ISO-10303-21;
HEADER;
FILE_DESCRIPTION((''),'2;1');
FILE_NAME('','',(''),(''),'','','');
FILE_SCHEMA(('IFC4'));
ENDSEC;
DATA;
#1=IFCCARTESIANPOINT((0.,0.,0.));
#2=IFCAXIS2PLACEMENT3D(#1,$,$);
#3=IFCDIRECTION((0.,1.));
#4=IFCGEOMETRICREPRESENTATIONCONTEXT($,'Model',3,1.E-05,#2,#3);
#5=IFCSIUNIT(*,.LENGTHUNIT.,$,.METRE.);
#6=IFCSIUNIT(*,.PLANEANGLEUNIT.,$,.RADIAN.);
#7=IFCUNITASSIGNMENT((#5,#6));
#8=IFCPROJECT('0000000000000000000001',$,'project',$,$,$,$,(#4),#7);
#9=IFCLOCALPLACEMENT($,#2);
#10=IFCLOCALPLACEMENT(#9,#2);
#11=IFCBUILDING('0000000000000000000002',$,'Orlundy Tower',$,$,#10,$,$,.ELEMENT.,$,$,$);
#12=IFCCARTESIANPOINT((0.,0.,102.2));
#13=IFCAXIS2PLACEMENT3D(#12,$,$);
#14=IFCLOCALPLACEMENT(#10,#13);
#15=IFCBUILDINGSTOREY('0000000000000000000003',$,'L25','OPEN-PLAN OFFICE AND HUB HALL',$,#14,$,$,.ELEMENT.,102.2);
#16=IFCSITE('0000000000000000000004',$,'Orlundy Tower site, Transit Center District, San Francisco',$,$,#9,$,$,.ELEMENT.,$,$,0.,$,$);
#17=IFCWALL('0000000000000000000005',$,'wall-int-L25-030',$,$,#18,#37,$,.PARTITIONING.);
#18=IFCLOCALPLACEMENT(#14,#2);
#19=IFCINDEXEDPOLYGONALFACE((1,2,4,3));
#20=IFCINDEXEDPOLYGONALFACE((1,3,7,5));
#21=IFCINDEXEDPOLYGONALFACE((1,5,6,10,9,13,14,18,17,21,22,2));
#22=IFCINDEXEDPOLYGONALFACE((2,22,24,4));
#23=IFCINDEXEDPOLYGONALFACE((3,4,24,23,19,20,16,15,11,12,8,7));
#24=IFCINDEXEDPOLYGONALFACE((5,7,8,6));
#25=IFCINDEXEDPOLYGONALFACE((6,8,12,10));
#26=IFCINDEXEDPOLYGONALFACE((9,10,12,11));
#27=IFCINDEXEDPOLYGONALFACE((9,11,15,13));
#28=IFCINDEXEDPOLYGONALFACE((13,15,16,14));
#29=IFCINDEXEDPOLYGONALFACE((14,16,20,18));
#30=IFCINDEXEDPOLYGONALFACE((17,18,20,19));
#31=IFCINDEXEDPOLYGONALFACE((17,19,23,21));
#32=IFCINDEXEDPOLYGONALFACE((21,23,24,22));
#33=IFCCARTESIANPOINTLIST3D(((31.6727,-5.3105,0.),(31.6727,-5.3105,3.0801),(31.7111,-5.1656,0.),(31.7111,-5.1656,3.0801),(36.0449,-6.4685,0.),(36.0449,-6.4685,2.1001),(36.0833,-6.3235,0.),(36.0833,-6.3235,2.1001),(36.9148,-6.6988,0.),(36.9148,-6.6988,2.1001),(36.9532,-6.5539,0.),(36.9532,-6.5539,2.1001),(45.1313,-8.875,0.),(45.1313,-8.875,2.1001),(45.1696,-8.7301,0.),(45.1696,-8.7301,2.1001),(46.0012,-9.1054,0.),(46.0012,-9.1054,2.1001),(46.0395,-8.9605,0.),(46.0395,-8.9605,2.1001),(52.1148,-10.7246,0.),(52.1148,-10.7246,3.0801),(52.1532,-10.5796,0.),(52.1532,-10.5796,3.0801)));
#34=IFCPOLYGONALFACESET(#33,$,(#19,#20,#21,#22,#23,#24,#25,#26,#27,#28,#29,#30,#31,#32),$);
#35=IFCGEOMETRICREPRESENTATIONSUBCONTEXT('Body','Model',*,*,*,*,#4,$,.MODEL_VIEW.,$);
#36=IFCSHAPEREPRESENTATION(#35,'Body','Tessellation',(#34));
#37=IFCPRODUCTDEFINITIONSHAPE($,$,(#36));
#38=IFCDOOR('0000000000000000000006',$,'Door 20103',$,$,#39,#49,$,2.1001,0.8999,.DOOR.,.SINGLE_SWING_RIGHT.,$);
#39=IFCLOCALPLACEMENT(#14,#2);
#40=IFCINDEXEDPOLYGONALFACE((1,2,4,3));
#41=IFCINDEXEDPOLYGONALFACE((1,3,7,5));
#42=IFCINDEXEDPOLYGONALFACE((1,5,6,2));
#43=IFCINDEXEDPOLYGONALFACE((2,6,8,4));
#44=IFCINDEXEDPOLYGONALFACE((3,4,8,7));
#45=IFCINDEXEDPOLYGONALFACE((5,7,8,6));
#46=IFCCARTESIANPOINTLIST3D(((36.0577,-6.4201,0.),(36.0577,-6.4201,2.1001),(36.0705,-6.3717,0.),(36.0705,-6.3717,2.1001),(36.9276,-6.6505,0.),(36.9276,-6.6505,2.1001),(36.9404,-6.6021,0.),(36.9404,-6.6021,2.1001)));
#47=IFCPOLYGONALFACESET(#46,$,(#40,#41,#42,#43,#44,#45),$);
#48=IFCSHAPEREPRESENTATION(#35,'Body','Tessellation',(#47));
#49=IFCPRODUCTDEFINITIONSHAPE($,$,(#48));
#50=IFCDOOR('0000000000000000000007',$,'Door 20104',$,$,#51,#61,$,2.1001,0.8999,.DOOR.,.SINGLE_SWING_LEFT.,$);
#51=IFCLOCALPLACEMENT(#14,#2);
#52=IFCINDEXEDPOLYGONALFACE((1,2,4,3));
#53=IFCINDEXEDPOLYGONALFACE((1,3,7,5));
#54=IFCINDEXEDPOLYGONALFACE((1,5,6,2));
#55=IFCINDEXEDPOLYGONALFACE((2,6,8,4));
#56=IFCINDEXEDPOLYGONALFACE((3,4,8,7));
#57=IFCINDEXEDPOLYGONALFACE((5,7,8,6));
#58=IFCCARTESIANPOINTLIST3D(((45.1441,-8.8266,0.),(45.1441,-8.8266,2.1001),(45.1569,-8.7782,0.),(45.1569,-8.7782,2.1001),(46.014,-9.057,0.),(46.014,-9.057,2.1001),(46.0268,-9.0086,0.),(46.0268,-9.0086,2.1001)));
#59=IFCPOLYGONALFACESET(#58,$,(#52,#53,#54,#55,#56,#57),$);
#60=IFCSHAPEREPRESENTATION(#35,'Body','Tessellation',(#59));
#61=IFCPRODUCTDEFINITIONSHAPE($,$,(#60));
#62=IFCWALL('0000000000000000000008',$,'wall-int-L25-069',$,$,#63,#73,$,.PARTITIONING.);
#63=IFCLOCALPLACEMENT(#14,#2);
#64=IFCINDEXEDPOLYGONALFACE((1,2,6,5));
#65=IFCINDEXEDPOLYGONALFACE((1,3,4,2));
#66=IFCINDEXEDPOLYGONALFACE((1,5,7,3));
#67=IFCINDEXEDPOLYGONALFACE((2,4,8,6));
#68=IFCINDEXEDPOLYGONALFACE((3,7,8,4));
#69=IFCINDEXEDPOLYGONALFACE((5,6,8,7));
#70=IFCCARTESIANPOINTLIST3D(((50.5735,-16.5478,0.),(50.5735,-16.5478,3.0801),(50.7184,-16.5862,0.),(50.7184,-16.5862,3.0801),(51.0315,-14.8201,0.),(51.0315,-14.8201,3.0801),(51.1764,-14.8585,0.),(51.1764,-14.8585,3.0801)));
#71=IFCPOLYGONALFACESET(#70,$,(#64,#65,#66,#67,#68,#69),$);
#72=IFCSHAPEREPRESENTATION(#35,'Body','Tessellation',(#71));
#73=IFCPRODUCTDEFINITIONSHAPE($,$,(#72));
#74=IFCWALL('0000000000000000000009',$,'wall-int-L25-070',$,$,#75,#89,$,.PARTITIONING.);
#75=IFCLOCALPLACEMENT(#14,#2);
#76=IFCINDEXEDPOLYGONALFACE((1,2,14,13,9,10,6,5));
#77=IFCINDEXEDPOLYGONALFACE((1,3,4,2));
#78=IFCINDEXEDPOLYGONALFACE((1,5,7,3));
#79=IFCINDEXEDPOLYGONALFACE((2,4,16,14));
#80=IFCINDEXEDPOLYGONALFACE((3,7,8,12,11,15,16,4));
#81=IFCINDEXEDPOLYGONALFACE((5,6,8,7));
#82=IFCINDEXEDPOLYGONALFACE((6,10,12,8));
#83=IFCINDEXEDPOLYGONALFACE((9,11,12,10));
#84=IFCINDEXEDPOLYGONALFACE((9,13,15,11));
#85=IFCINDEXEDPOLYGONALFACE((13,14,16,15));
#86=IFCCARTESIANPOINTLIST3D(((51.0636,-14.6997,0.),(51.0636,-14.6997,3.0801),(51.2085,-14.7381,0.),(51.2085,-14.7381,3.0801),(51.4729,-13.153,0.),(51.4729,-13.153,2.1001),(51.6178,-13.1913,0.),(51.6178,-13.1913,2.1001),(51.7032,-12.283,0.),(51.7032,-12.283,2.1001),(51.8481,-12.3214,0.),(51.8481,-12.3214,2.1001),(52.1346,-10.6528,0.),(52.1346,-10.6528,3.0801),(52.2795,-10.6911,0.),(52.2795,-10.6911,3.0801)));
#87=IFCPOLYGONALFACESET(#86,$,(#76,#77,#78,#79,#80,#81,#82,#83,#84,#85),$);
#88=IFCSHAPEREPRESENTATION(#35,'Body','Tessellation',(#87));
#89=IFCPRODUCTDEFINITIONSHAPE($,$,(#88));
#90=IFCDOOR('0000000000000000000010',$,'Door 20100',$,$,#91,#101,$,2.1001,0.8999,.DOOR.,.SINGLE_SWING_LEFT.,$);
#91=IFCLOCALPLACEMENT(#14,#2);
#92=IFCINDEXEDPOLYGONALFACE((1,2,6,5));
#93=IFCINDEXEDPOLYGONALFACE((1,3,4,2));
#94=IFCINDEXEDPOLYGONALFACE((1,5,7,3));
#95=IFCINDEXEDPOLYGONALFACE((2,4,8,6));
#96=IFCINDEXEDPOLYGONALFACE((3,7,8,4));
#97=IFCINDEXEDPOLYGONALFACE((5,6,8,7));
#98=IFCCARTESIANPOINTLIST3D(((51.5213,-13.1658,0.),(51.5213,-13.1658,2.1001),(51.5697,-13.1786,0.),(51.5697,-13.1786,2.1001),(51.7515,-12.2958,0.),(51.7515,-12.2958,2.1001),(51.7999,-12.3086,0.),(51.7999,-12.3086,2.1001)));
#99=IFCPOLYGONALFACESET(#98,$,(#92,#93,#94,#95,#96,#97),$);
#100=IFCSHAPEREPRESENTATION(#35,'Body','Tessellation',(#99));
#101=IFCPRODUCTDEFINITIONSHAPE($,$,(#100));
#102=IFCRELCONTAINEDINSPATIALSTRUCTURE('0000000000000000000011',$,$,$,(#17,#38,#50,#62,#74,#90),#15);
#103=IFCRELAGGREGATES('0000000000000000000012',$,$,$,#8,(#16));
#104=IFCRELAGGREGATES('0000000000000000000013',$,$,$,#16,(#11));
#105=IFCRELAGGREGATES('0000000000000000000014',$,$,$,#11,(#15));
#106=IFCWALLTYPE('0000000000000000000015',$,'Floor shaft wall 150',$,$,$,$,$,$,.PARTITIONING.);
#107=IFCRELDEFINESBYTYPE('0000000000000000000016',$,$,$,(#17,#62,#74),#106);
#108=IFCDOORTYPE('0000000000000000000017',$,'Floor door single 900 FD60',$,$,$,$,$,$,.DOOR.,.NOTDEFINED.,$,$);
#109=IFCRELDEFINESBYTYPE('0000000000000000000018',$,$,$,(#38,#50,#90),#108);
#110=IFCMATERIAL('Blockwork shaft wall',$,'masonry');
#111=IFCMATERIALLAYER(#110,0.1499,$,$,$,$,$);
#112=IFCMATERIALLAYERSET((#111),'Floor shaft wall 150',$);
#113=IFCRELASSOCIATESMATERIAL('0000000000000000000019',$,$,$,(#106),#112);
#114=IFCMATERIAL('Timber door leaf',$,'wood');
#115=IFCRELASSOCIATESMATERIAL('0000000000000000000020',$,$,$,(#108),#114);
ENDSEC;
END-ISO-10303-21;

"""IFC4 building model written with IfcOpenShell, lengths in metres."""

from ifc_helpers import new_model, si_unit, direction, frame, frame_2d, origin, place, context, subcontext, project, spatial, rectangle, extrude, material, layer, layer_set, type_object, element, fill, save


model = new_model("IFC4")

# Units and contexts
model_context = context("Model", 3, precision=1e-05, world=origin(), true_north=direction((0.0, 1.0)))
body_context = subcontext(model_context, "Body", "Model", "MODEL_VIEW")
ifc_project = project(units=[si_unit("LENGTHUNIT", "METRE"), si_unit("PLANEANGLEUNIT", "RADIAN")], contexts=[model_context])

# Site, building, storey
site_placement = place(None, origin())
site = spatial("IfcSite", under=ifc_project, at=site_placement, Name="Orlundy Tower site, Transit Center District, San Francisco", CompositionType="ELEMENT", RefElevation=0.0)
building_placement = place(site_placement, origin())
building = spatial("IfcBuilding", under=site, at=building_placement, Name="Orlundy Tower", CompositionType="ELEMENT")
storey_placement = place(building_placement, frame((0.0, 0.0, 102.2)))
storey = spatial("IfcBuildingStorey", under=building, at=storey_placement, Name="L25", Description="OPEN-PLAN OFFICE AND HUB HALL", CompositionType="ELEMENT", Elevation=102.2)

# Wall, openings, doors
ifc_material_1 = material(Name="Blockwork shaft wall", Category="masonry")
ifc_layer_1 = layer(ifc_material_1, 0.1499)
ifc_layer_set_1 = layer_set([ifc_layer_1], Name="Floor shaft wall 150")
wall_type_1 = type_object("IfcWallType", Name="Floor shaft wall 150", PredefinedType="PARTITIONING", material=ifc_layer_set_1)
wall_1_placement = place(storey_placement, frame((52.134, -10.6521, 0.0), z_axis=(0.0, 0.0, 1.0), x_axis=(-0.966671, 0.256021, 0.0)))
wall_1 = element("IfcWall", 1, at=wall_1_placement, inside=storey, type_object=wall_type_1, Name="wall-int-L25-030", PredefinedType="PARTITIONING", context=body_context, shape_type="SweptSolid", body=[
    extrude(rectangle(XDim=21.147, YDim=0.1499, at=frame_2d((10.5735, 0.0))), origin(), (0.0, 0.0, 1.0), 3.0801),
])
opening_1_placement = place(wall_1_placement, frame((15.7241, 0.0, 0.0)))
opening_1 = element("IfcOpeningElement", 2, at=opening_1_placement, cuts=wall_1, PredefinedType="OPENING", context=body_context, shape_type="SweptSolid", body=[
    extrude(rectangle(XDim=0.8999, YDim=2.1001, at=frame_2d((0.45, 1.05))), frame((0.0, 0.085, 0.0), z_axis=(0.0, -1.0, 0.0), x_axis=(1.0, 0.0, 0.0)), (0.0, 0.0, 1.0), 0.1699),
])
opening_2_placement = place(wall_1_placement, frame((6.3245, 0.0, 0.0)))
opening_2 = element("IfcOpeningElement", 3, at=opening_2_placement, cuts=wall_1, PredefinedType="OPENING", context=body_context, shape_type="SweptSolid", body=[
    extrude(rectangle(XDim=0.8999, YDim=2.1001, at=frame_2d((0.45, 1.05))), frame((0.0, 0.085, 0.0), z_axis=(0.0, -1.0, 0.0), x_axis=(1.0, 0.0, 0.0)), (0.0, 0.0, 1.0), 0.1699),
])
ifc_material_2 = material(Name="Timber door leaf", Category="wood")
door_type_1 = type_object("IfcDoorType", Name="Floor door single 900 FD60", OperationType="NOTDEFINED", PredefinedType="DOOR", material=ifc_material_2)
door_1_placement = place(opening_1_placement, origin())
door_1 = element("IfcDoor", 4, at=door_1_placement, inside=storey, type_object=door_type_1, Name="Door 20103", OperationType="SINGLE_SWING_RIGHT", OverallHeight=2.1001, OverallWidth=0.8999, PredefinedType="DOOR", context=body_context, shape_type="SweptSolid", body=[
    extrude(rectangle(XDim=0.8999, YDim=2.1001, at=frame_2d((0.45, 1.05))), frame((0.0, 0.0249, 0.0), z_axis=(0.0, -1.0, 0.0), x_axis=(1.0, 0.0, 0.0)), (0.0, 0.0, 1.0), 0.05),
])
fill(opening_1, door_1)
door_2_placement = place(opening_2_placement, origin())
door_2 = element("IfcDoor", 5, at=door_2_placement, inside=storey, type_object=door_type_1, Name="Door 20104", OperationType="SINGLE_SWING_LEFT", OverallHeight=2.1001, OverallWidth=0.8999, PredefinedType="DOOR", context=body_context, shape_type="SweptSolid", body=[
    extrude(rectangle(XDim=0.8999, YDim=2.1001, at=frame_2d((0.45, 1.05))), frame((0.0, 0.0249, 0.0), z_axis=(0.0, -1.0, 0.0), x_axis=(1.0, 0.0, 0.0)), (0.0, 0.0, 1.0), 0.05),
])
fill(opening_2, door_2)

# Wall
wall_2_placement = place(storey_placement, frame((50.646, -16.5669, 0.0), z_axis=(0.0, 0.0, 1.0), x_axis=(0.256234, 0.966615, 0.0)))
element("IfcWall", 6, at=wall_2_placement, inside=storey, type_object=wall_type_1, Name="wall-int-L25-069", PredefinedType="PARTITIONING", context=body_context, shape_type="SweptSolid", body=[
    extrude(rectangle(XDim=1.7874, YDim=0.1499, at=frame_2d((0.8936, 0.0))), origin(), (0.0, 0.0, 1.0), 3.0801),
])

# Wall, opening, door
wall_3_placement = place(storey_placement, frame((51.136, -14.719, 0.0), z_axis=(0.0, 0.0, 1.0), x_axis=(0.255851, 0.966716, 0.0)))
wall_3 = element("IfcWall", 7, at=wall_3_placement, inside=storey, type_object=wall_type_1, Name="wall-int-L25-070", PredefinedType="PARTITIONING", context=body_context, shape_type="SweptSolid", body=[
    extrude(rectangle(XDim=4.1863, YDim=0.1499, at=frame_2d((2.0933, 0.0))), origin(), (0.0, 0.0, 1.0), 3.0801),
])
opening_3_placement = place(wall_3_placement, frame((1.6001, 0.0, 0.0)))
opening_3 = element("IfcOpeningElement", 8, at=opening_3_placement, cuts=wall_3, PredefinedType="OPENING", context=body_context, shape_type="SweptSolid", body=[
    extrude(rectangle(XDim=0.8999, YDim=2.1001, at=frame_2d((0.45, 1.05))), frame((0.0, 0.085, 0.0), z_axis=(0.0, -1.0, 0.0), x_axis=(1.0, 0.0, 0.0)), (0.0, 0.0, 1.0), 0.1699),
])
door_3_placement = place(opening_3_placement, origin())
door_3 = element("IfcDoor", 9, at=door_3_placement, inside=storey, type_object=door_type_1, Name="Door 20100", OperationType="SINGLE_SWING_LEFT", OverallHeight=2.1001, OverallWidth=0.8999, PredefinedType="DOOR", context=body_context, shape_type="SweptSolid", body=[
    extrude(rectangle(XDim=0.8999, YDim=2.1001, at=frame_2d((0.45, 1.05))), frame((0.0, 0.0249, 0.0), z_axis=(0.0, -1.0, 0.0), x_axis=(1.0, 0.0, 0.0)), (0.0, 0.0, 1.0), 0.05),
])
fill(opening_3, door_3)

save(model, "model.ifc")
